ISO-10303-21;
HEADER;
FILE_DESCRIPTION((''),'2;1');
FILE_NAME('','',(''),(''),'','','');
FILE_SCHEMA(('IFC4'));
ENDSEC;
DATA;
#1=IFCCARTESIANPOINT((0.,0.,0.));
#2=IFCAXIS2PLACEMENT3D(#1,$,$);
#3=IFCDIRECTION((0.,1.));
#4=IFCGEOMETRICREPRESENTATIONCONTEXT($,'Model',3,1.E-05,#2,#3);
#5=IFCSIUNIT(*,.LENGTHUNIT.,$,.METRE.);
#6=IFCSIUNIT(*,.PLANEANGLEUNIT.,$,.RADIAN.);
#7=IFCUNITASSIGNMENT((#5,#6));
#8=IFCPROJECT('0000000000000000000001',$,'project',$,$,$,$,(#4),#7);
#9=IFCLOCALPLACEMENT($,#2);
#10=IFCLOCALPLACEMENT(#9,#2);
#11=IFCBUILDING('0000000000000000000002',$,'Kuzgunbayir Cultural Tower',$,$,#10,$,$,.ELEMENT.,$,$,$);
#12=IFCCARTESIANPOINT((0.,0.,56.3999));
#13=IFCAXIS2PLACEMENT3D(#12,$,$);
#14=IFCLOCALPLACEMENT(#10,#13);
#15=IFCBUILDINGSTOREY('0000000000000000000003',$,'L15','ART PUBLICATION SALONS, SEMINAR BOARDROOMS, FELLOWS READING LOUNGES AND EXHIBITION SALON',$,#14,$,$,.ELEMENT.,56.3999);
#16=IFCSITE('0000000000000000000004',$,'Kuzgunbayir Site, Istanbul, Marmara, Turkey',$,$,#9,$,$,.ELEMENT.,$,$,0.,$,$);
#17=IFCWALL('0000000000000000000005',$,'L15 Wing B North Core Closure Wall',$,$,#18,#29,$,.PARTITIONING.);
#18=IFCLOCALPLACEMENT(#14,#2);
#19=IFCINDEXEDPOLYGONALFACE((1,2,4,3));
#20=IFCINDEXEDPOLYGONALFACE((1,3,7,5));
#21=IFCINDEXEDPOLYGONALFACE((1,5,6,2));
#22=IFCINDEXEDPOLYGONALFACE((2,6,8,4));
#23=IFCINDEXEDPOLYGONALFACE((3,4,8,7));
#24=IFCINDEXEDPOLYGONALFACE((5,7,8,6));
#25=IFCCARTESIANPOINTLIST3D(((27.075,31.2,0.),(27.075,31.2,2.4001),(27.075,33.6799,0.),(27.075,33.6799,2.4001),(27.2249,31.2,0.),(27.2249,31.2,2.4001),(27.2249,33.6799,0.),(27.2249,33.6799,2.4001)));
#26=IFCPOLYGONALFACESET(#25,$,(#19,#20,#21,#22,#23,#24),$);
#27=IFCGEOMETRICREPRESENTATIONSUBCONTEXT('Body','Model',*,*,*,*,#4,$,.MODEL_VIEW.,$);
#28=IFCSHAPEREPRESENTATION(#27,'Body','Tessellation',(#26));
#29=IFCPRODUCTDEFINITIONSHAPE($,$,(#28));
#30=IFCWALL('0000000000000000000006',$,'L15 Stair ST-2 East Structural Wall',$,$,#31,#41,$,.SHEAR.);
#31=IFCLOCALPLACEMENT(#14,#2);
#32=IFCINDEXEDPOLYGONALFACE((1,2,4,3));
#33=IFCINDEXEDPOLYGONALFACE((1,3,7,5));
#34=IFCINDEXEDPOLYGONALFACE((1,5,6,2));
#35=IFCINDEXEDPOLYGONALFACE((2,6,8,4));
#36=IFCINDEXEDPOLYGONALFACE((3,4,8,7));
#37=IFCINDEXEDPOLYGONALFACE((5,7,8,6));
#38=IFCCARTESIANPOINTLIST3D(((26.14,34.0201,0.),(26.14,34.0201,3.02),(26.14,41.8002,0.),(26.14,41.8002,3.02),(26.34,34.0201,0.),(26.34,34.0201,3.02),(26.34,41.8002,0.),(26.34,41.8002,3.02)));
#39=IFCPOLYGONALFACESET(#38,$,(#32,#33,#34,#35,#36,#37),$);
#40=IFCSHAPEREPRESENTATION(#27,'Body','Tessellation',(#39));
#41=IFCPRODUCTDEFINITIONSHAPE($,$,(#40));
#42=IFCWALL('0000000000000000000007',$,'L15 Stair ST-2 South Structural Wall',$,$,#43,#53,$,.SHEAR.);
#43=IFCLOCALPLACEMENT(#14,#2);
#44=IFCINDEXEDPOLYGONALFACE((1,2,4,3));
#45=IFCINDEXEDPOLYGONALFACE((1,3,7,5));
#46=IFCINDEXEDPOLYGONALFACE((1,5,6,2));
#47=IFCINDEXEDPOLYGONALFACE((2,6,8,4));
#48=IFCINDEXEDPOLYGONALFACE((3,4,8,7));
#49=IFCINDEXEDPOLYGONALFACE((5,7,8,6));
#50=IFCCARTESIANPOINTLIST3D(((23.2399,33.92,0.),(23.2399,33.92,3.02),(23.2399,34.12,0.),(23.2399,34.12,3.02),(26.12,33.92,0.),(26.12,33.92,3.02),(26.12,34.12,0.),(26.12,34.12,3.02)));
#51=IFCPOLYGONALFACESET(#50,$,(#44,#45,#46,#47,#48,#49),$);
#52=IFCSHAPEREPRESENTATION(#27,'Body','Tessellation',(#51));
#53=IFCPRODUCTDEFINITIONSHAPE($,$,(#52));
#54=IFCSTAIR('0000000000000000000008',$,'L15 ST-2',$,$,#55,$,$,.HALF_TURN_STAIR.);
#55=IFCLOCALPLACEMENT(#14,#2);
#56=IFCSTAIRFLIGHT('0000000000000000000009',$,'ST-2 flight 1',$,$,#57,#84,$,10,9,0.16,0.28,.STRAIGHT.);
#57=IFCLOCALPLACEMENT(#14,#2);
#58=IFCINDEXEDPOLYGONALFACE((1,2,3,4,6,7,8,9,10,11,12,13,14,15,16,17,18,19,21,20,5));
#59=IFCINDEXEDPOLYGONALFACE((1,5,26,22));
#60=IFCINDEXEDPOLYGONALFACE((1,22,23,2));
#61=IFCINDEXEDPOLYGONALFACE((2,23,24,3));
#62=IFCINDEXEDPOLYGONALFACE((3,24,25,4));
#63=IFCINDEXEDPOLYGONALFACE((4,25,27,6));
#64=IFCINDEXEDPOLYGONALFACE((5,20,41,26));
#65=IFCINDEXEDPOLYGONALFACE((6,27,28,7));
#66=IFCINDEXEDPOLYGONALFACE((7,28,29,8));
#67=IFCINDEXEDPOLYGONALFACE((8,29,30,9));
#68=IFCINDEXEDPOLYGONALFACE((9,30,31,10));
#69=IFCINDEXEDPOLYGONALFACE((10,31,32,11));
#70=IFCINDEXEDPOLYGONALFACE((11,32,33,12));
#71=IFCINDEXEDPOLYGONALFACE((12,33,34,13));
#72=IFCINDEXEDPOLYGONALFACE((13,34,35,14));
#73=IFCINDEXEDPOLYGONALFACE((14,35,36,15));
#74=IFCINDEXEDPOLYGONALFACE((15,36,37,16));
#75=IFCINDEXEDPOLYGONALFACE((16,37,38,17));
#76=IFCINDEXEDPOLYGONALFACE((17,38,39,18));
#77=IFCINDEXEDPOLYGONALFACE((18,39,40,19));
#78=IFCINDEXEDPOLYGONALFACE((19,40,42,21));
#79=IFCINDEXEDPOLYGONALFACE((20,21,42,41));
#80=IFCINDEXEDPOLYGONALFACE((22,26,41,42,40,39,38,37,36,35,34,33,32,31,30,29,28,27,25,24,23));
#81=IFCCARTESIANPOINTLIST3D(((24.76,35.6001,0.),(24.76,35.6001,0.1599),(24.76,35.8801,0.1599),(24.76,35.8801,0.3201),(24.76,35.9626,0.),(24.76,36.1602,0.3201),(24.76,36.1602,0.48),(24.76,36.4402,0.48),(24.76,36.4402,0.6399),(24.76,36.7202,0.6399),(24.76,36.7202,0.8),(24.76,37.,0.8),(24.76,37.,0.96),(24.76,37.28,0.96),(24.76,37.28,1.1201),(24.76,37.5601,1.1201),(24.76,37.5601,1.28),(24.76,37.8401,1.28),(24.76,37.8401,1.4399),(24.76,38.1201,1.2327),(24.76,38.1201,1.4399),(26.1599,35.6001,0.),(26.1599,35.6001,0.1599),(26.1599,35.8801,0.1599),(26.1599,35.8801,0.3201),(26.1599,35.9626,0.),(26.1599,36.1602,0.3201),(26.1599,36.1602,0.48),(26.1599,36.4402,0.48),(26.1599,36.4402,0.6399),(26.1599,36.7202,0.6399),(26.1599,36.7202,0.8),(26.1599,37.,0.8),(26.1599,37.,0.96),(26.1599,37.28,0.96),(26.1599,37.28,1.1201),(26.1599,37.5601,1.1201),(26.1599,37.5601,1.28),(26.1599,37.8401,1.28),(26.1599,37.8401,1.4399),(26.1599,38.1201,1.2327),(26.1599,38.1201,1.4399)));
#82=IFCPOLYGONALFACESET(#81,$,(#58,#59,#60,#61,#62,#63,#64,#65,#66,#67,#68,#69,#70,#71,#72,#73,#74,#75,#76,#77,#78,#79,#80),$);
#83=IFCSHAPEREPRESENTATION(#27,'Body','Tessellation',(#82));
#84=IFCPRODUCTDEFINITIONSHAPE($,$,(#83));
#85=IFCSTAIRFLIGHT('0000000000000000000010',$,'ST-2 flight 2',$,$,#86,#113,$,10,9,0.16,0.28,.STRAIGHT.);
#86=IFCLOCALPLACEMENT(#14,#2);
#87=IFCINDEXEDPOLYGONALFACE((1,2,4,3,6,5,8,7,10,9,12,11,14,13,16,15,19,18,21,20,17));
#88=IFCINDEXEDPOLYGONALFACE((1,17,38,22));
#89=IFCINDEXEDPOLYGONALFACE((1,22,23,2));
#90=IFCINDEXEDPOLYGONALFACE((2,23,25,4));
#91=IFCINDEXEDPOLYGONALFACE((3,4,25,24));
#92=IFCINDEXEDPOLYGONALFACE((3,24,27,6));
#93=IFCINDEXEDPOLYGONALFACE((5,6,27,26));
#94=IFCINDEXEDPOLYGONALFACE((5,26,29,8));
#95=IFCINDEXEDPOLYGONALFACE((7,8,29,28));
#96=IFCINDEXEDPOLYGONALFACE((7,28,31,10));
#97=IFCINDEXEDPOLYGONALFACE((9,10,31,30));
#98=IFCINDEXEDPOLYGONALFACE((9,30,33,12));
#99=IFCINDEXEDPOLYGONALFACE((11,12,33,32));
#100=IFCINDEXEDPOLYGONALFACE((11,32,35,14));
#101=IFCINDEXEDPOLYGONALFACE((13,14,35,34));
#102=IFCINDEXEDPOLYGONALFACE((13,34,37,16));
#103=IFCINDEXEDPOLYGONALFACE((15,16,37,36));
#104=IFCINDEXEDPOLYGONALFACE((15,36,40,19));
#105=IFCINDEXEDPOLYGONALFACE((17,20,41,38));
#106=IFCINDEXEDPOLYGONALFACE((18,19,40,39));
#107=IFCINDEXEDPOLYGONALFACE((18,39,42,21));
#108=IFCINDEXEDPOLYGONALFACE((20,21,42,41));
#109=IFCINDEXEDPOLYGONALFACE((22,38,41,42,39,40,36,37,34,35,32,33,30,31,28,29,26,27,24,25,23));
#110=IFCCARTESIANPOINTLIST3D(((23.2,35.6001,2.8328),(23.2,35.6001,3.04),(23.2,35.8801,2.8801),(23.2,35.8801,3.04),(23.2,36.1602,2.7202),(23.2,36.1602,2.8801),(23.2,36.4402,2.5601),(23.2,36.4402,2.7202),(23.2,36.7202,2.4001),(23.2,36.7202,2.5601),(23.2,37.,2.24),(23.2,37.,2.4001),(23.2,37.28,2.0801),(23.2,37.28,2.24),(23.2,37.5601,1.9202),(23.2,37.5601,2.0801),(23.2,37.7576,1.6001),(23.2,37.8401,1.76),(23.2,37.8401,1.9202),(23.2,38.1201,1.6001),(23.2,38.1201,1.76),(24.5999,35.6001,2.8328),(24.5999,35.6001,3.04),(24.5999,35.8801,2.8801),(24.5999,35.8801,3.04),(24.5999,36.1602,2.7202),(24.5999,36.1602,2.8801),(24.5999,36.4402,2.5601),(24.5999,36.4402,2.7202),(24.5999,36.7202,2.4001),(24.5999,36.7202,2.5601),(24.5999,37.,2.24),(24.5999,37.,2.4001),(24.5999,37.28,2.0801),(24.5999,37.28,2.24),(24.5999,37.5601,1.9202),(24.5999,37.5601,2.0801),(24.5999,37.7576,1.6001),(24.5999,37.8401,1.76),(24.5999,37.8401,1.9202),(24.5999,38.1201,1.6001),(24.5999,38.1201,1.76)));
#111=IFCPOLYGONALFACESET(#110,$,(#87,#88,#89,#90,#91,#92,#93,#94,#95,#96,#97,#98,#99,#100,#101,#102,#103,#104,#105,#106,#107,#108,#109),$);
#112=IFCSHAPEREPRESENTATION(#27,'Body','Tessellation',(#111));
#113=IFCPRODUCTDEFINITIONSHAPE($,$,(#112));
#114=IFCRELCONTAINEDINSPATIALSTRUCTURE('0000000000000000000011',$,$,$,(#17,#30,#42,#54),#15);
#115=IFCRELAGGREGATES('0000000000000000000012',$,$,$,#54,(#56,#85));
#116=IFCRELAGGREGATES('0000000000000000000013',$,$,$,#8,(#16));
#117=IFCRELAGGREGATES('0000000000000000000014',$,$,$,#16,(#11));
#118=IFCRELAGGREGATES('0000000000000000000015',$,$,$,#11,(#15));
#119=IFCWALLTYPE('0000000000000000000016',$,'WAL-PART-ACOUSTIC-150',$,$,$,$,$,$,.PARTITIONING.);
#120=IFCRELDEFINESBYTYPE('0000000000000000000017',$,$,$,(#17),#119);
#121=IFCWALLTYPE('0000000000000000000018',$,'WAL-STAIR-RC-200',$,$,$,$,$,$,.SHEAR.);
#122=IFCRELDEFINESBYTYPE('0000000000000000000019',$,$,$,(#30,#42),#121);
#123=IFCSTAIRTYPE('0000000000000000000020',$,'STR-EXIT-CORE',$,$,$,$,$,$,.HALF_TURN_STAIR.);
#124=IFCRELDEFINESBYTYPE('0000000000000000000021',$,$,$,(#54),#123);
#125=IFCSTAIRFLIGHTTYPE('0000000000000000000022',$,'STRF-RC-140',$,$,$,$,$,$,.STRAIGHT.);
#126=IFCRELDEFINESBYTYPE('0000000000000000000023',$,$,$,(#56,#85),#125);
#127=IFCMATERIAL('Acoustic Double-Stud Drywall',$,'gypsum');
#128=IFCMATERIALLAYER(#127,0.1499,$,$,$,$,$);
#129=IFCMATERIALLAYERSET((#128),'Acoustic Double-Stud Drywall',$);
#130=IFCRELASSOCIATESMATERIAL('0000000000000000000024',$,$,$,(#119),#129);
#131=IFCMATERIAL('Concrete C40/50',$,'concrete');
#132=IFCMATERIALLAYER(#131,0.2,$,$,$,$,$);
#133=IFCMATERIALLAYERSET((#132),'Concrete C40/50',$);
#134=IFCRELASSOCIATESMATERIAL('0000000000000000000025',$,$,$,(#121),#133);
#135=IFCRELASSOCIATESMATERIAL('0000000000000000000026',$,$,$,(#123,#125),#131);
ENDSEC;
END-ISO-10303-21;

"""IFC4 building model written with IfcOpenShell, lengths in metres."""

from ifc_helpers import new_model, si_unit, direction, frame, frame_2d, origin, place, context, subcontext, project, spatial, polyline, rectangle, outline, extrude, material, layer, layer_set, type_object, element, aggregate, save


model = new_model("IFC4")

# Units and contexts
model_context = context("Model", 3, precision=1e-05, world=origin(), true_north=direction((0.0, 1.0)))
body_context = subcontext(model_context, "Body", "Model", "MODEL_VIEW")
ifc_project = project(units=[si_unit("LENGTHUNIT", "METRE"), si_unit("PLANEANGLEUNIT", "RADIAN")], contexts=[model_context])

# Site, building, storey
site_placement = place(None, origin())
site = spatial("IfcSite", under=ifc_project, at=site_placement, Name="Kuzgunbayir Site, Istanbul, Marmara, Turkey", CompositionType="ELEMENT", RefElevation=0.0)
building_placement = place(site_placement, origin())
building = spatial("IfcBuilding", under=site, at=building_placement, Name="Kuzgunbayir Cultural Tower", CompositionType="ELEMENT")
storey_placement = place(building_placement, frame((0.0, 0.0, 56.3999)))
storey = spatial("IfcBuildingStorey", under=building, at=storey_placement, Name="L15", Description="ART PUBLICATION SALONS, SEMINAR BOARDROOMS, FELLOWS READING LOUNGES AND EXHIBITION SALON", CompositionType="ELEMENT", Elevation=56.3999)

# Shared definitions
ifc_material_1 = material(Name="Acoustic Double-Stud Drywall", Category="gypsum")
ifc_layer_1 = layer(ifc_material_1, 0.1499)
ifc_layer_set_1 = layer_set([ifc_layer_1], Name="Acoustic Double-Stud Drywall")
wall_type_1 = type_object("IfcWallType", Name="WAL-PART-ACOUSTIC-150", PredefinedType="PARTITIONING", material=ifc_layer_set_1)

# Walls
wall_1_placement = place(storey_placement, frame((27.1499, 31.2, 0.0), z_axis=(0.0, 0.0, 1.0), x_axis=(0.0, 1.0, 0.0)))
element("IfcWall", 1, at=wall_1_placement, inside=storey, type_object=wall_type_1, Name="L15 Wing B North Core Closure Wall", PredefinedType="PARTITIONING", context=body_context, shape_type="SweptSolid", body=[
    extrude(rectangle(XDim=2.48, YDim=0.1499, at=frame_2d((1.24, 0.0))), origin(), (0.0, 0.0, 1.0), 2.4001),
])
ifc_material_2 = material(Name="Concrete C40/50", Category="concrete")
ifc_layer_2 = layer(ifc_material_2, 0.2)
ifc_layer_set_2 = layer_set([ifc_layer_2], Name="Concrete C40/50")
wall_type_2 = type_object("IfcWallType", Name="WAL-STAIR-RC-200", PredefinedType="SHEAR", material=ifc_layer_set_2)
wall_2_placement = place(storey_placement, frame((26.24, 34.02, 0.0), z_axis=(0.0, 0.0, 1.0), x_axis=(0.0, 1.0, 0.0)))
element("IfcWall", 2, at=wall_2_placement, inside=storey, type_object=wall_type_2, Name="L15 Stair ST-2 East Structural Wall", PredefinedType="SHEAR", context=body_context, shape_type="SweptSolid", body=[
    extrude(rectangle(XDim=7.78, YDim=0.2, at=frame_2d((3.8901, 0.0))), origin(), (0.0, 0.0, 1.0), 3.02),
])
wall_3_placement = place(storey_placement, frame((23.24, 34.02, 0.0), z_axis=(0.0, 0.0, 1.0), x_axis=(1.0, 0.0, 0.0)))
element("IfcWall", 3, at=wall_3_placement, inside=storey, type_object=wall_type_2, Name="L15 Stair ST-2 South Structural Wall", PredefinedType="SHEAR", context=body_context, shape_type="SweptSolid", body=[
    extrude(rectangle(XDim=2.8801, YDim=0.2, at=frame_2d((1.4399, 0.0))), origin(), (0.0, 0.0, 1.0), 3.02),
])

# Stair, stair flights
stair_type = type_object("IfcStairType", Name="STR-EXIT-CORE", PredefinedType="HALF_TURN_STAIR", material=ifc_material_2)
stair_placement = place(storey_placement, origin())
stair = element("IfcStair", 4, at=stair_placement, inside=storey, type_object=stair_type, Name="L15 ST-2", PredefinedType="HALF_TURN_STAIR")
stair_flight_type = type_object("IfcStairFlightType", Name="STRF-RC-140", PredefinedType="STRAIGHT", material=ifc_material_2)
stair_flight_1_placement = place(storey_placement, frame((25.46, 35.6001, 0.0), z_axis=(0.0, 0.0, 1.0), x_axis=(0.0, 1.0, 0.0)))
stair_flight_1 = element("IfcStairFlight", 5, at=stair_flight_1_placement, type_object=stair_flight_type, Name="ST-2 flight 1", NumberOfRisers=10, NumberOfTreads=9, PredefinedType="STRAIGHT", RiserHeight=0.16, TreadLength=0.28, context=body_context, shape_type="SweptSolid", body=[
    extrude(outline(polyline([(0.0, 0.0), (0.0, 0.1599), (0.28, 0.1599), (0.28, 0.3201), (0.5601, 0.3201), (0.5601, 0.48), (0.8401, 0.48), (0.8401, 0.6399), (1.1201, 0.6399), (1.1201, 0.8), (1.3999, 0.8), (1.3999, 0.96), (1.6799, 0.96), (1.6799, 1.1201), (1.96, 1.1201), (1.96, 1.28), (2.24, 1.28), (2.24, 1.4399), (2.52, 1.4399), (2.52, 1.6001), (2.52, 1.2327), (0.3625, 0.0), (0.0, 0.0)])), frame((0.0, 0.7, 0.0), z_axis=(0.0, -1.0, 0.0), x_axis=(1.0, 0.0, 0.0)), (0.0, 0.0, 1.0), 1.3999),
])
stair_flight_2_placement = place(storey_placement, frame((23.8999, 38.1201, 1.6001), z_axis=(0.0, 0.0, 1.0), x_axis=(0.0, -1.0, 0.0)))
stair_flight_2 = element("IfcStairFlight", 6, at=stair_flight_2_placement, type_object=stair_flight_type, Name="ST-2 flight 2", NumberOfRisers=10, NumberOfTreads=9, PredefinedType="STRAIGHT", RiserHeight=0.16, TreadLength=0.28, context=body_context, shape_type="SweptSolid", body=[
    extrude(outline(polyline([(0.0, 0.0), (0.0, 0.1599), (0.28, 0.1599), (0.28, 0.3201), (0.5601, 0.3201), (0.5601, 0.48), (0.8401, 0.48), (0.8401, 0.6399), (1.1201, 0.6399), (1.1201, 0.8), (1.3999, 0.8), (1.3999, 0.96), (1.6799, 0.96), (1.6799, 1.1201), (1.96, 1.1201), (1.96, 1.28), (2.24, 1.28), (2.24, 1.4399), (2.52, 1.4399), (2.52, 1.6001), (2.52, 1.2327), (0.3625, 0.0), (0.0, 0.0)])), frame((0.0, 0.7, 0.0), z_axis=(0.0, -1.0, 0.0), x_axis=(1.0, 0.0, 0.0)), (0.0, 0.0, 1.0), 1.3999),
])
aggregate(stair, [stair_flight_1, stair_flight_2])

save(model, "model.ifc")
